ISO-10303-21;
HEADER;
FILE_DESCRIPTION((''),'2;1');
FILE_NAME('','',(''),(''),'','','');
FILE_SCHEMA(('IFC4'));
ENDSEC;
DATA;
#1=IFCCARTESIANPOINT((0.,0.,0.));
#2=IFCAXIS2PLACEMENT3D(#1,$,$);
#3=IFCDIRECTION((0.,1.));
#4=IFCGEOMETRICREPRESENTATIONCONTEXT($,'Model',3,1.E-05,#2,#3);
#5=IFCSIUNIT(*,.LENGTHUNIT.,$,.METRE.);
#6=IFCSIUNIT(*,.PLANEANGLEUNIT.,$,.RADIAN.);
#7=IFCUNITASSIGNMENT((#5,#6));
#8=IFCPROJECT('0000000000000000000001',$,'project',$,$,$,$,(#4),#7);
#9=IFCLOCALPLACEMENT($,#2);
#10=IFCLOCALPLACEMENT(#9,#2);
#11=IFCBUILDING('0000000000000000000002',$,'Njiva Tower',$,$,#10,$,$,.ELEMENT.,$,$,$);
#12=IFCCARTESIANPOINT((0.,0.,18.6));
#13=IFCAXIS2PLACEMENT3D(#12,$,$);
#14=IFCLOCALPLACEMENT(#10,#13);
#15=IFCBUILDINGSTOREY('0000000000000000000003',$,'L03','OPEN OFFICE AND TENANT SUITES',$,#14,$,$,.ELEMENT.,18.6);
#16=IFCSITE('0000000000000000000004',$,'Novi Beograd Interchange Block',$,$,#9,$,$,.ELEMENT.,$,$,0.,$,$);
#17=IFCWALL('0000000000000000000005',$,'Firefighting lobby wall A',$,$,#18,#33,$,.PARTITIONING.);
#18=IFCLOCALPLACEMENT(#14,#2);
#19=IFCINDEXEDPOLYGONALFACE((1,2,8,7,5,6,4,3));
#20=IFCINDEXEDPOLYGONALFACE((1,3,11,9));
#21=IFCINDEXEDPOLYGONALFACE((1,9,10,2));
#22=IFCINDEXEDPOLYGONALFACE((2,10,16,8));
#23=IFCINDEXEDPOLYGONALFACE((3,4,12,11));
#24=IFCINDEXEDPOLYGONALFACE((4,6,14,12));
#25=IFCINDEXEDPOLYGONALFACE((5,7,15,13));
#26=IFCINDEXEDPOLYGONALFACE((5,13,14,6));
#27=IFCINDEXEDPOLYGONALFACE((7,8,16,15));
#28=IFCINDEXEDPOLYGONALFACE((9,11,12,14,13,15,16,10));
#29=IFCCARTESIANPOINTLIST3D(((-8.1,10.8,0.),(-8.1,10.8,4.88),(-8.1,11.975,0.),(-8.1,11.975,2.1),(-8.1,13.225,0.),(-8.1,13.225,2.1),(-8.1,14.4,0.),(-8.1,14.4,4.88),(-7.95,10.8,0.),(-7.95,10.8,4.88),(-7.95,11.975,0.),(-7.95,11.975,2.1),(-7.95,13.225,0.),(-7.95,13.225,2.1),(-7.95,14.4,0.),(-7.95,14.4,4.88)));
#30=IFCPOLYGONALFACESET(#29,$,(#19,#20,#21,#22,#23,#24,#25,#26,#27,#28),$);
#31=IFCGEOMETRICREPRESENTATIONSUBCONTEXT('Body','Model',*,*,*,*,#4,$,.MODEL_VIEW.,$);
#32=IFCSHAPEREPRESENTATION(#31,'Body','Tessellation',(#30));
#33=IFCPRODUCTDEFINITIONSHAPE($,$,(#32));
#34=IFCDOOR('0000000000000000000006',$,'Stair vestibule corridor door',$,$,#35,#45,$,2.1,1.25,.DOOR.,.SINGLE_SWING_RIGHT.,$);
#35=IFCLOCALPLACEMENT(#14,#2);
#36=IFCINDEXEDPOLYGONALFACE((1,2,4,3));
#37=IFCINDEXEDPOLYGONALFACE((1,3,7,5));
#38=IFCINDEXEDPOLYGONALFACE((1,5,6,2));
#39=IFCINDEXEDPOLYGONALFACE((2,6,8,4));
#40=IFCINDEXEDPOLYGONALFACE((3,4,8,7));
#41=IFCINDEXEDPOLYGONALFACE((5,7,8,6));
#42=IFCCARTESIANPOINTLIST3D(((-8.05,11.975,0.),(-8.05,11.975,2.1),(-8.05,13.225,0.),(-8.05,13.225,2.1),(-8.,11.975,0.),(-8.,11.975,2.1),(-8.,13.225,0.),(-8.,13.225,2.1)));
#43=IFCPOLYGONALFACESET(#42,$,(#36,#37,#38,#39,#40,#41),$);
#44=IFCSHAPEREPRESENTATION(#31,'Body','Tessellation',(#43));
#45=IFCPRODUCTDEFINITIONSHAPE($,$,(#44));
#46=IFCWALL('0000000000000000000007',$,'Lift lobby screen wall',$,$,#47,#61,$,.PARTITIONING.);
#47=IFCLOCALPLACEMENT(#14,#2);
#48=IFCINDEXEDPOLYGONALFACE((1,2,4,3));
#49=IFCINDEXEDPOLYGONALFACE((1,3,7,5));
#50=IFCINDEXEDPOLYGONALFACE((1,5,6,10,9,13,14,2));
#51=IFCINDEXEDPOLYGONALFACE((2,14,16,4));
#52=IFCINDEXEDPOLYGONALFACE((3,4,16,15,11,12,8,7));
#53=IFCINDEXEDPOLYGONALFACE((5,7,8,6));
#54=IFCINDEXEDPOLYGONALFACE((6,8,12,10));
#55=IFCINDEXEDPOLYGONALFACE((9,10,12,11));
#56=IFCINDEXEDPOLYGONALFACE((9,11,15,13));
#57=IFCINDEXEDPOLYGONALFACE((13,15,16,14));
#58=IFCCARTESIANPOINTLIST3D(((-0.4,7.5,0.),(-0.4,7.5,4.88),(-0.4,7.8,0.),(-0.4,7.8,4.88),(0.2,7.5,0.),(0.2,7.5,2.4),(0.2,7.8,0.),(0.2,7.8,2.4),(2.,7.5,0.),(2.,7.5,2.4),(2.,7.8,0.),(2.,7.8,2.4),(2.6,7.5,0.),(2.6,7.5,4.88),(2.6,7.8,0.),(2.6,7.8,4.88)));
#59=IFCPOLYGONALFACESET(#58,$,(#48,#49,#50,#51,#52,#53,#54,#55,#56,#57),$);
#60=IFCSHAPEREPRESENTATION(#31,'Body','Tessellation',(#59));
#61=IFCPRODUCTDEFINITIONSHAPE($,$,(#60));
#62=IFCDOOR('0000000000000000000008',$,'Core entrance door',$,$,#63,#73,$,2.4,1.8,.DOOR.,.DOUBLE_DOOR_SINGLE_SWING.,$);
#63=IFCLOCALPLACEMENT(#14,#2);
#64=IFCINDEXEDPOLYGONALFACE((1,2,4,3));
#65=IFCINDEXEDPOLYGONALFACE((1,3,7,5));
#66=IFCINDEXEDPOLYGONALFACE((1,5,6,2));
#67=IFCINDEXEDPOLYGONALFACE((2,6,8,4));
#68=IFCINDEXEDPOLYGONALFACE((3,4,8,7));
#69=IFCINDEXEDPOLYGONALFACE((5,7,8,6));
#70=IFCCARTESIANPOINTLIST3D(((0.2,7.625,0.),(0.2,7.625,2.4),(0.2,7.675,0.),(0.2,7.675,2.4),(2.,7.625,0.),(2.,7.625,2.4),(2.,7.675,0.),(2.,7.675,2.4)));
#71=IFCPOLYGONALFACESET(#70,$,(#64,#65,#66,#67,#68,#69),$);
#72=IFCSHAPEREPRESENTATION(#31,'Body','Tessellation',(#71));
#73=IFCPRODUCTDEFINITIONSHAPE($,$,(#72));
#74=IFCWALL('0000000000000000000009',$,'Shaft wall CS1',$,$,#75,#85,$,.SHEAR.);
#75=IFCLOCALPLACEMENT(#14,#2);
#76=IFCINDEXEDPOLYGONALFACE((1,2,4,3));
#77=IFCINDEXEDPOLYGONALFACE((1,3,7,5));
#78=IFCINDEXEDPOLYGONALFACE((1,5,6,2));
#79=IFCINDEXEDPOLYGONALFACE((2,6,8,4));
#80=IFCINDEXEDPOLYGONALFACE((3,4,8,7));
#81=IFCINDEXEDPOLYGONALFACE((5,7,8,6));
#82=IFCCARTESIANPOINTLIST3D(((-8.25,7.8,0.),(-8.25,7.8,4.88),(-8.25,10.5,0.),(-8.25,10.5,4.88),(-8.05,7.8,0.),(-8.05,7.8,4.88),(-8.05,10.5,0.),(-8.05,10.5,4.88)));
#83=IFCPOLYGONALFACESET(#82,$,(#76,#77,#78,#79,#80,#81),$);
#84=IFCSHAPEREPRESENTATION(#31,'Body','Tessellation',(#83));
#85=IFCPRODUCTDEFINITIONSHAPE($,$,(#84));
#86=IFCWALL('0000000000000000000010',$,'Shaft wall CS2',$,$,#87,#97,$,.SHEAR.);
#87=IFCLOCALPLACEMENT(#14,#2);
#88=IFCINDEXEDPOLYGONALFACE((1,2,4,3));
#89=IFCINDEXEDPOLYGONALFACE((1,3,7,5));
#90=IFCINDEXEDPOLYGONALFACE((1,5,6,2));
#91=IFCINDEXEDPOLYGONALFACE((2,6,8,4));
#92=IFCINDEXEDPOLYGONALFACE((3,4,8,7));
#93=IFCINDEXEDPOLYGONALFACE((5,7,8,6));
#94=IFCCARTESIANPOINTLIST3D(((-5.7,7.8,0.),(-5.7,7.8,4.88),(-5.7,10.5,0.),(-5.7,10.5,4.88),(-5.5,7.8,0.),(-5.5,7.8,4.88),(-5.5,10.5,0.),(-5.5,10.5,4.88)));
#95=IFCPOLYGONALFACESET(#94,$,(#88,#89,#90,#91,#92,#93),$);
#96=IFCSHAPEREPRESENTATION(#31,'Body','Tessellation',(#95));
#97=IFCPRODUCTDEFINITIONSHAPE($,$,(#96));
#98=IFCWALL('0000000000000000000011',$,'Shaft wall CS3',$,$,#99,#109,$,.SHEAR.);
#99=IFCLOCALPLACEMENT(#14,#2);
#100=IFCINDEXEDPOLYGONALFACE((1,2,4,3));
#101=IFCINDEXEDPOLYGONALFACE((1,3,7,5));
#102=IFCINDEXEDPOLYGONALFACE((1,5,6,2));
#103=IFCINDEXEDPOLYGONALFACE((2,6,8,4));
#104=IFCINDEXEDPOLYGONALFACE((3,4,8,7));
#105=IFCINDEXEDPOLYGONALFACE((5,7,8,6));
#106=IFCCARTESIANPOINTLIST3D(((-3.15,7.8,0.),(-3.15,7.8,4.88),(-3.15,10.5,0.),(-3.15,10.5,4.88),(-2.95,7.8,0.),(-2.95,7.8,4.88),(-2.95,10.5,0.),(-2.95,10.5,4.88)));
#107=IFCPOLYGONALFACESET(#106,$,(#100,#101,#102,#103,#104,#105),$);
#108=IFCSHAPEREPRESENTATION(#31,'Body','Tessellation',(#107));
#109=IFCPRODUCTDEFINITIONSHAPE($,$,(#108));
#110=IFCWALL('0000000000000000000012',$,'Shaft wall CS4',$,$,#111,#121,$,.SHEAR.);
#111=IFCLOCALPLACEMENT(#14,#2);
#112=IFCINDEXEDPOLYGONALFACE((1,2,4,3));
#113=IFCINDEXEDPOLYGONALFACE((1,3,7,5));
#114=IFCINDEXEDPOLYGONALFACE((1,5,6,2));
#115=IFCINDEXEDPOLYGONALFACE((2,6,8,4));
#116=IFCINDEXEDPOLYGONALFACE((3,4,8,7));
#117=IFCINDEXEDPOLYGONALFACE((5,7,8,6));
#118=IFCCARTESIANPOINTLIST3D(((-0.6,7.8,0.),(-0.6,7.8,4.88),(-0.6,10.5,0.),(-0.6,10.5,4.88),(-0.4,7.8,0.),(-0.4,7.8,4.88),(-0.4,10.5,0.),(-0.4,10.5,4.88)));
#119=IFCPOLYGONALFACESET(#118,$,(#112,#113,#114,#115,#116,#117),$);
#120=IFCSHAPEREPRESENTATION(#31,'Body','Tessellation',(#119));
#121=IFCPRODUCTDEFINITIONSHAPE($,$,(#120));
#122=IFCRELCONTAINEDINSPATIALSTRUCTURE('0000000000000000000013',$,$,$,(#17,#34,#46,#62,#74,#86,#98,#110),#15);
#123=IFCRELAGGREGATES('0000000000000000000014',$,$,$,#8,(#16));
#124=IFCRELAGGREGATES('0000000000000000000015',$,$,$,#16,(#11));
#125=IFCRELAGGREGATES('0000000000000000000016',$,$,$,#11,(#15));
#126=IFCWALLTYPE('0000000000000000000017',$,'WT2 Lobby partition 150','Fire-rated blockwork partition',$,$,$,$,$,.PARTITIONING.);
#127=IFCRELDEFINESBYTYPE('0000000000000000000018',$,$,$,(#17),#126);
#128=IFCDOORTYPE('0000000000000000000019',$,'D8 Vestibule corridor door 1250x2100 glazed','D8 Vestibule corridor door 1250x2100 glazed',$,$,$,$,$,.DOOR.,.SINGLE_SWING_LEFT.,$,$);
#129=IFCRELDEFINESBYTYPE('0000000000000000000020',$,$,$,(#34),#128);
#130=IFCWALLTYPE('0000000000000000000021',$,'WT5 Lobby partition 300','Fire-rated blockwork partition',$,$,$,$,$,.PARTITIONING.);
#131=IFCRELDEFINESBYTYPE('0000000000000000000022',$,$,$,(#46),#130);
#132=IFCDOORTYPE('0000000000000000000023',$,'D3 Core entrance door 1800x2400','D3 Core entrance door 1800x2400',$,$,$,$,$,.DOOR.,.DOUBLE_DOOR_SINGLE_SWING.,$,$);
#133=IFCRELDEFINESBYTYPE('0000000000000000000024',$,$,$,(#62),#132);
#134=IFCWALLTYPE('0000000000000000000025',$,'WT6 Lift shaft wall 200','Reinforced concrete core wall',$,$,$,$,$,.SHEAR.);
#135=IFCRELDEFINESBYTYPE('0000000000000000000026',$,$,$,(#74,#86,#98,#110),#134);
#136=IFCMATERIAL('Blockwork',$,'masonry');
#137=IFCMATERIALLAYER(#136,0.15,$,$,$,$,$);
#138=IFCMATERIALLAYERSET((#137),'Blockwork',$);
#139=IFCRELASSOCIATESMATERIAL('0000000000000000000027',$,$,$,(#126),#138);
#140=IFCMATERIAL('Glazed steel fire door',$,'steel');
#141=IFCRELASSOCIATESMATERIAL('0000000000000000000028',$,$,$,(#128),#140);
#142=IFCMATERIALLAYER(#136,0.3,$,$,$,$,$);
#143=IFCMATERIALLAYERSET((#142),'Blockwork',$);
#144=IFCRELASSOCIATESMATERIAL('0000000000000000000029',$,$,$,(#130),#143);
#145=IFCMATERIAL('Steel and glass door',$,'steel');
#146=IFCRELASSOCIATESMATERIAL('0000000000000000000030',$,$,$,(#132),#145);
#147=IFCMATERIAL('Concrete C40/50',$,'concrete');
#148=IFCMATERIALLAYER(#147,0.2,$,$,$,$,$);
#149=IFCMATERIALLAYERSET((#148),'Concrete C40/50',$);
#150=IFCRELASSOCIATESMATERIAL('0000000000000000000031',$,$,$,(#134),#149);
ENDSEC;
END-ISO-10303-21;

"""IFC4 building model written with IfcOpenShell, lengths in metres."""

from ifc_helpers import new_model, si_unit, direction, frame, frame_2d, origin, place, context, subcontext, project, spatial, rectangle, extrude, material, layer, layer_set, type_object, element, fill, save


model = new_model("IFC4")

# Units and contexts
model_context = context("Model", 3, precision=1e-05, world=origin(), true_north=direction((0.0, 1.0)))
body_context = subcontext(model_context, "Body", "Model", "MODEL_VIEW")
ifc_project = project(units=[si_unit("LENGTHUNIT", "METRE"), si_unit("PLANEANGLEUNIT", "RADIAN")], contexts=[model_context])

# Site, building, storey
site_placement = place(None, origin())
site = spatial("IfcSite", under=ifc_project, at=site_placement, Name="Novi Beograd Interchange Block", CompositionType="ELEMENT", RefElevation=0.0)
building_placement = place(site_placement, origin())
building = spatial("IfcBuilding", under=site, at=building_placement, Name="Njiva Tower", CompositionType="ELEMENT")
storey_placement = place(building_placement, frame((0.0, 0.0, 18.6)))
storey = spatial("IfcBuildingStorey", under=building, at=storey_placement, Name="L03", Description="OPEN OFFICE AND TENANT SUITES", CompositionType="ELEMENT", Elevation=18.6)

# Walls, openings, doors
ifc_material_1 = material(Name="Blockwork", Category="masonry")
ifc_layer_1 = layer(ifc_material_1, 0.15)
ifc_layer_set_1 = layer_set([ifc_layer_1], Name="Blockwork")
wall_type_1 = type_object("IfcWallType", Name="WT2 Lobby partition 150", Description="Fire-rated blockwork partition", PredefinedType="PARTITIONING", material=ifc_layer_set_1)
wall_1_placement = place(storey_placement, frame((-8.025, 10.8, 0.0), z_axis=(0.0, 0.0, 1.0), x_axis=(0.0, 1.0, 0.0)))
wall_1 = element("IfcWall", 1, at=wall_1_placement, inside=storey, type_object=wall_type_1, Name="Firefighting lobby wall A", PredefinedType="PARTITIONING", context=body_context, shape_type="SweptSolid", body=[
    extrude(rectangle(XDim=3.6, YDim=0.15, at=frame_2d((1.8, 0.0))), origin(), (0.0, 0.0, 1.0), 4.88),
])
opening_1_placement = place(wall_1_placement, frame((1.175, 0.0, 0.0)))
opening_1 = element("IfcOpeningElement", 2, at=opening_1_placement, cuts=wall_1, PredefinedType="OPENING", context=body_context, shape_type="SweptSolid", body=[
    extrude(rectangle(XDim=1.25, YDim=2.1, at=frame_2d((0.625, 1.05))), frame((0.0, 0.085, 0.0), z_axis=(0.0, -1.0, 0.0), x_axis=(1.0, 0.0, 0.0)), (0.0, 0.0, 1.0), 0.17),
])
ifc_material_2 = material(Name="Glazed steel fire door", Category="steel")
door_type_1 = type_object("IfcDoorType", Name="D8 Vestibule corridor door 1250x2100 glazed", Description="D8 Vestibule corridor door 1250x2100 glazed", OperationType="SINGLE_SWING_LEFT", PredefinedType="DOOR", material=ifc_material_2)
door_1_placement = place(opening_1_placement, origin())
door_1 = element("IfcDoor", 3, at=door_1_placement, inside=storey, type_object=door_type_1, Name="Stair vestibule corridor door", OperationType="SINGLE_SWING_RIGHT", OverallHeight=2.1, OverallWidth=1.25, PredefinedType="DOOR", context=body_context, shape_type="SweptSolid", body=[
    extrude(rectangle(XDim=1.25, YDim=2.1, at=frame_2d((0.625, 1.05))), frame((0.0, 0.025, 0.0), z_axis=(0.0, -1.0, 0.0), x_axis=(1.0, 0.0, 0.0)), (0.0, 0.0, 1.0), 0.05),
])
fill(opening_1, door_1)
ifc_layer_2 = layer(ifc_material_1, 0.3)
ifc_layer_set_2 = layer_set([ifc_layer_2], Name="Blockwork")
wall_type_2 = type_object("IfcWallType", Name="WT5 Lobby partition 300", Description="Fire-rated blockwork partition", PredefinedType="PARTITIONING", material=ifc_layer_set_2)
wall_2_placement = place(storey_placement, frame((-0.4, 7.65, 0.0), z_axis=(0.0, 0.0, 1.0), x_axis=(1.0, 0.0, 0.0)))
wall_2 = element("IfcWall", 4, at=wall_2_placement, inside=storey, type_object=wall_type_2, Name="Lift lobby screen wall", PredefinedType="PARTITIONING", context=body_context, shape_type="SweptSolid", body=[
    extrude(rectangle(XDim=3.0, YDim=0.3, at=frame_2d((1.5, 0.0))), origin(), (0.0, 0.0, 1.0), 4.88),
])
opening_2_placement = place(wall_2_placement, frame((0.6, 0.0, 0.0)))
opening_2 = element("IfcOpeningElement", 5, at=opening_2_placement, cuts=wall_2, PredefinedType="OPENING", context=body_context, shape_type="SweptSolid", body=[
    extrude(rectangle(XDim=1.8, YDim=2.4, at=frame_2d((0.9, 1.2))), frame((0.0, 0.16, 0.0), z_axis=(0.0, -1.0, 0.0), x_axis=(1.0, 0.0, 0.0)), (0.0, 0.0, 1.0), 0.32),
])
ifc_material_3 = material(Name="Steel and glass door", Category="steel")
door_type_2 = type_object("IfcDoorType", Name="D3 Core entrance door 1800x2400", Description="D3 Core entrance door 1800x2400", OperationType="DOUBLE_DOOR_SINGLE_SWING", PredefinedType="DOOR", material=ifc_material_3)
door_2_placement = place(opening_2_placement, origin())
door_2 = element("IfcDoor", 6, at=door_2_placement, inside=storey, type_object=door_type_2, Name="Core entrance door", OperationType="DOUBLE_DOOR_SINGLE_SWING", OverallHeight=2.4, OverallWidth=1.8, PredefinedType="DOOR", context=body_context, shape_type="SweptSolid", body=[
    extrude(rectangle(XDim=1.8, YDim=2.4, at=frame_2d((0.9, 1.2))), frame((0.0, 0.025, 0.0), z_axis=(0.0, -1.0, 0.0), x_axis=(1.0, 0.0, 0.0)), (0.0, 0.0, 1.0), 0.05),
])
fill(opening_2, door_2)

# Walls
ifc_material_4 = material(Name="Concrete C40/50", Category="concrete")
ifc_layer_3 = layer(ifc_material_4, 0.2)
ifc_layer_set_3 = layer_set([ifc_layer_3], Name="Concrete C40/50")
wall_type_3 = type_object("IfcWallType", Name="WT6 Lift shaft wall 200", Description="Reinforced concrete core wall", PredefinedType="SHEAR", material=ifc_layer_set_3)
for number, where, z_axis, x_axis, name in (
    (7, (-8.15, 7.8, 0.0), (0.0, 0.0, 1.0), (0.0, 1.0, 0.0), "Shaft wall CS1"),
    (8, (-5.6, 7.8, 0.0), (0.0, 0.0, 1.0), (0.0, 1.0, 0.0), "Shaft wall CS2"),
    (9, (-3.05, 7.8, 0.0), (0.0, 0.0, 1.0), (0.0, 1.0, 0.0), "Shaft wall CS3"),
    (10, (-0.5, 7.8, 0.0), (0.0, 0.0, 1.0), (0.0, 1.0, 0.0), "Shaft wall CS4"),
):
    element("IfcWall", number, at=place(storey_placement, frame(where, z_axis=z_axis, x_axis=x_axis)), inside=storey, type_object=wall_type_3, Name=name, PredefinedType="SHEAR", context=body_context, shape_type="SweptSolid", body=[
        extrude(rectangle(XDim=2.7, YDim=0.2, at=frame_2d((1.35, 0.0))), origin(), (0.0, 0.0, 1.0), 4.88),
    ])

save(model, "model.ifc")
